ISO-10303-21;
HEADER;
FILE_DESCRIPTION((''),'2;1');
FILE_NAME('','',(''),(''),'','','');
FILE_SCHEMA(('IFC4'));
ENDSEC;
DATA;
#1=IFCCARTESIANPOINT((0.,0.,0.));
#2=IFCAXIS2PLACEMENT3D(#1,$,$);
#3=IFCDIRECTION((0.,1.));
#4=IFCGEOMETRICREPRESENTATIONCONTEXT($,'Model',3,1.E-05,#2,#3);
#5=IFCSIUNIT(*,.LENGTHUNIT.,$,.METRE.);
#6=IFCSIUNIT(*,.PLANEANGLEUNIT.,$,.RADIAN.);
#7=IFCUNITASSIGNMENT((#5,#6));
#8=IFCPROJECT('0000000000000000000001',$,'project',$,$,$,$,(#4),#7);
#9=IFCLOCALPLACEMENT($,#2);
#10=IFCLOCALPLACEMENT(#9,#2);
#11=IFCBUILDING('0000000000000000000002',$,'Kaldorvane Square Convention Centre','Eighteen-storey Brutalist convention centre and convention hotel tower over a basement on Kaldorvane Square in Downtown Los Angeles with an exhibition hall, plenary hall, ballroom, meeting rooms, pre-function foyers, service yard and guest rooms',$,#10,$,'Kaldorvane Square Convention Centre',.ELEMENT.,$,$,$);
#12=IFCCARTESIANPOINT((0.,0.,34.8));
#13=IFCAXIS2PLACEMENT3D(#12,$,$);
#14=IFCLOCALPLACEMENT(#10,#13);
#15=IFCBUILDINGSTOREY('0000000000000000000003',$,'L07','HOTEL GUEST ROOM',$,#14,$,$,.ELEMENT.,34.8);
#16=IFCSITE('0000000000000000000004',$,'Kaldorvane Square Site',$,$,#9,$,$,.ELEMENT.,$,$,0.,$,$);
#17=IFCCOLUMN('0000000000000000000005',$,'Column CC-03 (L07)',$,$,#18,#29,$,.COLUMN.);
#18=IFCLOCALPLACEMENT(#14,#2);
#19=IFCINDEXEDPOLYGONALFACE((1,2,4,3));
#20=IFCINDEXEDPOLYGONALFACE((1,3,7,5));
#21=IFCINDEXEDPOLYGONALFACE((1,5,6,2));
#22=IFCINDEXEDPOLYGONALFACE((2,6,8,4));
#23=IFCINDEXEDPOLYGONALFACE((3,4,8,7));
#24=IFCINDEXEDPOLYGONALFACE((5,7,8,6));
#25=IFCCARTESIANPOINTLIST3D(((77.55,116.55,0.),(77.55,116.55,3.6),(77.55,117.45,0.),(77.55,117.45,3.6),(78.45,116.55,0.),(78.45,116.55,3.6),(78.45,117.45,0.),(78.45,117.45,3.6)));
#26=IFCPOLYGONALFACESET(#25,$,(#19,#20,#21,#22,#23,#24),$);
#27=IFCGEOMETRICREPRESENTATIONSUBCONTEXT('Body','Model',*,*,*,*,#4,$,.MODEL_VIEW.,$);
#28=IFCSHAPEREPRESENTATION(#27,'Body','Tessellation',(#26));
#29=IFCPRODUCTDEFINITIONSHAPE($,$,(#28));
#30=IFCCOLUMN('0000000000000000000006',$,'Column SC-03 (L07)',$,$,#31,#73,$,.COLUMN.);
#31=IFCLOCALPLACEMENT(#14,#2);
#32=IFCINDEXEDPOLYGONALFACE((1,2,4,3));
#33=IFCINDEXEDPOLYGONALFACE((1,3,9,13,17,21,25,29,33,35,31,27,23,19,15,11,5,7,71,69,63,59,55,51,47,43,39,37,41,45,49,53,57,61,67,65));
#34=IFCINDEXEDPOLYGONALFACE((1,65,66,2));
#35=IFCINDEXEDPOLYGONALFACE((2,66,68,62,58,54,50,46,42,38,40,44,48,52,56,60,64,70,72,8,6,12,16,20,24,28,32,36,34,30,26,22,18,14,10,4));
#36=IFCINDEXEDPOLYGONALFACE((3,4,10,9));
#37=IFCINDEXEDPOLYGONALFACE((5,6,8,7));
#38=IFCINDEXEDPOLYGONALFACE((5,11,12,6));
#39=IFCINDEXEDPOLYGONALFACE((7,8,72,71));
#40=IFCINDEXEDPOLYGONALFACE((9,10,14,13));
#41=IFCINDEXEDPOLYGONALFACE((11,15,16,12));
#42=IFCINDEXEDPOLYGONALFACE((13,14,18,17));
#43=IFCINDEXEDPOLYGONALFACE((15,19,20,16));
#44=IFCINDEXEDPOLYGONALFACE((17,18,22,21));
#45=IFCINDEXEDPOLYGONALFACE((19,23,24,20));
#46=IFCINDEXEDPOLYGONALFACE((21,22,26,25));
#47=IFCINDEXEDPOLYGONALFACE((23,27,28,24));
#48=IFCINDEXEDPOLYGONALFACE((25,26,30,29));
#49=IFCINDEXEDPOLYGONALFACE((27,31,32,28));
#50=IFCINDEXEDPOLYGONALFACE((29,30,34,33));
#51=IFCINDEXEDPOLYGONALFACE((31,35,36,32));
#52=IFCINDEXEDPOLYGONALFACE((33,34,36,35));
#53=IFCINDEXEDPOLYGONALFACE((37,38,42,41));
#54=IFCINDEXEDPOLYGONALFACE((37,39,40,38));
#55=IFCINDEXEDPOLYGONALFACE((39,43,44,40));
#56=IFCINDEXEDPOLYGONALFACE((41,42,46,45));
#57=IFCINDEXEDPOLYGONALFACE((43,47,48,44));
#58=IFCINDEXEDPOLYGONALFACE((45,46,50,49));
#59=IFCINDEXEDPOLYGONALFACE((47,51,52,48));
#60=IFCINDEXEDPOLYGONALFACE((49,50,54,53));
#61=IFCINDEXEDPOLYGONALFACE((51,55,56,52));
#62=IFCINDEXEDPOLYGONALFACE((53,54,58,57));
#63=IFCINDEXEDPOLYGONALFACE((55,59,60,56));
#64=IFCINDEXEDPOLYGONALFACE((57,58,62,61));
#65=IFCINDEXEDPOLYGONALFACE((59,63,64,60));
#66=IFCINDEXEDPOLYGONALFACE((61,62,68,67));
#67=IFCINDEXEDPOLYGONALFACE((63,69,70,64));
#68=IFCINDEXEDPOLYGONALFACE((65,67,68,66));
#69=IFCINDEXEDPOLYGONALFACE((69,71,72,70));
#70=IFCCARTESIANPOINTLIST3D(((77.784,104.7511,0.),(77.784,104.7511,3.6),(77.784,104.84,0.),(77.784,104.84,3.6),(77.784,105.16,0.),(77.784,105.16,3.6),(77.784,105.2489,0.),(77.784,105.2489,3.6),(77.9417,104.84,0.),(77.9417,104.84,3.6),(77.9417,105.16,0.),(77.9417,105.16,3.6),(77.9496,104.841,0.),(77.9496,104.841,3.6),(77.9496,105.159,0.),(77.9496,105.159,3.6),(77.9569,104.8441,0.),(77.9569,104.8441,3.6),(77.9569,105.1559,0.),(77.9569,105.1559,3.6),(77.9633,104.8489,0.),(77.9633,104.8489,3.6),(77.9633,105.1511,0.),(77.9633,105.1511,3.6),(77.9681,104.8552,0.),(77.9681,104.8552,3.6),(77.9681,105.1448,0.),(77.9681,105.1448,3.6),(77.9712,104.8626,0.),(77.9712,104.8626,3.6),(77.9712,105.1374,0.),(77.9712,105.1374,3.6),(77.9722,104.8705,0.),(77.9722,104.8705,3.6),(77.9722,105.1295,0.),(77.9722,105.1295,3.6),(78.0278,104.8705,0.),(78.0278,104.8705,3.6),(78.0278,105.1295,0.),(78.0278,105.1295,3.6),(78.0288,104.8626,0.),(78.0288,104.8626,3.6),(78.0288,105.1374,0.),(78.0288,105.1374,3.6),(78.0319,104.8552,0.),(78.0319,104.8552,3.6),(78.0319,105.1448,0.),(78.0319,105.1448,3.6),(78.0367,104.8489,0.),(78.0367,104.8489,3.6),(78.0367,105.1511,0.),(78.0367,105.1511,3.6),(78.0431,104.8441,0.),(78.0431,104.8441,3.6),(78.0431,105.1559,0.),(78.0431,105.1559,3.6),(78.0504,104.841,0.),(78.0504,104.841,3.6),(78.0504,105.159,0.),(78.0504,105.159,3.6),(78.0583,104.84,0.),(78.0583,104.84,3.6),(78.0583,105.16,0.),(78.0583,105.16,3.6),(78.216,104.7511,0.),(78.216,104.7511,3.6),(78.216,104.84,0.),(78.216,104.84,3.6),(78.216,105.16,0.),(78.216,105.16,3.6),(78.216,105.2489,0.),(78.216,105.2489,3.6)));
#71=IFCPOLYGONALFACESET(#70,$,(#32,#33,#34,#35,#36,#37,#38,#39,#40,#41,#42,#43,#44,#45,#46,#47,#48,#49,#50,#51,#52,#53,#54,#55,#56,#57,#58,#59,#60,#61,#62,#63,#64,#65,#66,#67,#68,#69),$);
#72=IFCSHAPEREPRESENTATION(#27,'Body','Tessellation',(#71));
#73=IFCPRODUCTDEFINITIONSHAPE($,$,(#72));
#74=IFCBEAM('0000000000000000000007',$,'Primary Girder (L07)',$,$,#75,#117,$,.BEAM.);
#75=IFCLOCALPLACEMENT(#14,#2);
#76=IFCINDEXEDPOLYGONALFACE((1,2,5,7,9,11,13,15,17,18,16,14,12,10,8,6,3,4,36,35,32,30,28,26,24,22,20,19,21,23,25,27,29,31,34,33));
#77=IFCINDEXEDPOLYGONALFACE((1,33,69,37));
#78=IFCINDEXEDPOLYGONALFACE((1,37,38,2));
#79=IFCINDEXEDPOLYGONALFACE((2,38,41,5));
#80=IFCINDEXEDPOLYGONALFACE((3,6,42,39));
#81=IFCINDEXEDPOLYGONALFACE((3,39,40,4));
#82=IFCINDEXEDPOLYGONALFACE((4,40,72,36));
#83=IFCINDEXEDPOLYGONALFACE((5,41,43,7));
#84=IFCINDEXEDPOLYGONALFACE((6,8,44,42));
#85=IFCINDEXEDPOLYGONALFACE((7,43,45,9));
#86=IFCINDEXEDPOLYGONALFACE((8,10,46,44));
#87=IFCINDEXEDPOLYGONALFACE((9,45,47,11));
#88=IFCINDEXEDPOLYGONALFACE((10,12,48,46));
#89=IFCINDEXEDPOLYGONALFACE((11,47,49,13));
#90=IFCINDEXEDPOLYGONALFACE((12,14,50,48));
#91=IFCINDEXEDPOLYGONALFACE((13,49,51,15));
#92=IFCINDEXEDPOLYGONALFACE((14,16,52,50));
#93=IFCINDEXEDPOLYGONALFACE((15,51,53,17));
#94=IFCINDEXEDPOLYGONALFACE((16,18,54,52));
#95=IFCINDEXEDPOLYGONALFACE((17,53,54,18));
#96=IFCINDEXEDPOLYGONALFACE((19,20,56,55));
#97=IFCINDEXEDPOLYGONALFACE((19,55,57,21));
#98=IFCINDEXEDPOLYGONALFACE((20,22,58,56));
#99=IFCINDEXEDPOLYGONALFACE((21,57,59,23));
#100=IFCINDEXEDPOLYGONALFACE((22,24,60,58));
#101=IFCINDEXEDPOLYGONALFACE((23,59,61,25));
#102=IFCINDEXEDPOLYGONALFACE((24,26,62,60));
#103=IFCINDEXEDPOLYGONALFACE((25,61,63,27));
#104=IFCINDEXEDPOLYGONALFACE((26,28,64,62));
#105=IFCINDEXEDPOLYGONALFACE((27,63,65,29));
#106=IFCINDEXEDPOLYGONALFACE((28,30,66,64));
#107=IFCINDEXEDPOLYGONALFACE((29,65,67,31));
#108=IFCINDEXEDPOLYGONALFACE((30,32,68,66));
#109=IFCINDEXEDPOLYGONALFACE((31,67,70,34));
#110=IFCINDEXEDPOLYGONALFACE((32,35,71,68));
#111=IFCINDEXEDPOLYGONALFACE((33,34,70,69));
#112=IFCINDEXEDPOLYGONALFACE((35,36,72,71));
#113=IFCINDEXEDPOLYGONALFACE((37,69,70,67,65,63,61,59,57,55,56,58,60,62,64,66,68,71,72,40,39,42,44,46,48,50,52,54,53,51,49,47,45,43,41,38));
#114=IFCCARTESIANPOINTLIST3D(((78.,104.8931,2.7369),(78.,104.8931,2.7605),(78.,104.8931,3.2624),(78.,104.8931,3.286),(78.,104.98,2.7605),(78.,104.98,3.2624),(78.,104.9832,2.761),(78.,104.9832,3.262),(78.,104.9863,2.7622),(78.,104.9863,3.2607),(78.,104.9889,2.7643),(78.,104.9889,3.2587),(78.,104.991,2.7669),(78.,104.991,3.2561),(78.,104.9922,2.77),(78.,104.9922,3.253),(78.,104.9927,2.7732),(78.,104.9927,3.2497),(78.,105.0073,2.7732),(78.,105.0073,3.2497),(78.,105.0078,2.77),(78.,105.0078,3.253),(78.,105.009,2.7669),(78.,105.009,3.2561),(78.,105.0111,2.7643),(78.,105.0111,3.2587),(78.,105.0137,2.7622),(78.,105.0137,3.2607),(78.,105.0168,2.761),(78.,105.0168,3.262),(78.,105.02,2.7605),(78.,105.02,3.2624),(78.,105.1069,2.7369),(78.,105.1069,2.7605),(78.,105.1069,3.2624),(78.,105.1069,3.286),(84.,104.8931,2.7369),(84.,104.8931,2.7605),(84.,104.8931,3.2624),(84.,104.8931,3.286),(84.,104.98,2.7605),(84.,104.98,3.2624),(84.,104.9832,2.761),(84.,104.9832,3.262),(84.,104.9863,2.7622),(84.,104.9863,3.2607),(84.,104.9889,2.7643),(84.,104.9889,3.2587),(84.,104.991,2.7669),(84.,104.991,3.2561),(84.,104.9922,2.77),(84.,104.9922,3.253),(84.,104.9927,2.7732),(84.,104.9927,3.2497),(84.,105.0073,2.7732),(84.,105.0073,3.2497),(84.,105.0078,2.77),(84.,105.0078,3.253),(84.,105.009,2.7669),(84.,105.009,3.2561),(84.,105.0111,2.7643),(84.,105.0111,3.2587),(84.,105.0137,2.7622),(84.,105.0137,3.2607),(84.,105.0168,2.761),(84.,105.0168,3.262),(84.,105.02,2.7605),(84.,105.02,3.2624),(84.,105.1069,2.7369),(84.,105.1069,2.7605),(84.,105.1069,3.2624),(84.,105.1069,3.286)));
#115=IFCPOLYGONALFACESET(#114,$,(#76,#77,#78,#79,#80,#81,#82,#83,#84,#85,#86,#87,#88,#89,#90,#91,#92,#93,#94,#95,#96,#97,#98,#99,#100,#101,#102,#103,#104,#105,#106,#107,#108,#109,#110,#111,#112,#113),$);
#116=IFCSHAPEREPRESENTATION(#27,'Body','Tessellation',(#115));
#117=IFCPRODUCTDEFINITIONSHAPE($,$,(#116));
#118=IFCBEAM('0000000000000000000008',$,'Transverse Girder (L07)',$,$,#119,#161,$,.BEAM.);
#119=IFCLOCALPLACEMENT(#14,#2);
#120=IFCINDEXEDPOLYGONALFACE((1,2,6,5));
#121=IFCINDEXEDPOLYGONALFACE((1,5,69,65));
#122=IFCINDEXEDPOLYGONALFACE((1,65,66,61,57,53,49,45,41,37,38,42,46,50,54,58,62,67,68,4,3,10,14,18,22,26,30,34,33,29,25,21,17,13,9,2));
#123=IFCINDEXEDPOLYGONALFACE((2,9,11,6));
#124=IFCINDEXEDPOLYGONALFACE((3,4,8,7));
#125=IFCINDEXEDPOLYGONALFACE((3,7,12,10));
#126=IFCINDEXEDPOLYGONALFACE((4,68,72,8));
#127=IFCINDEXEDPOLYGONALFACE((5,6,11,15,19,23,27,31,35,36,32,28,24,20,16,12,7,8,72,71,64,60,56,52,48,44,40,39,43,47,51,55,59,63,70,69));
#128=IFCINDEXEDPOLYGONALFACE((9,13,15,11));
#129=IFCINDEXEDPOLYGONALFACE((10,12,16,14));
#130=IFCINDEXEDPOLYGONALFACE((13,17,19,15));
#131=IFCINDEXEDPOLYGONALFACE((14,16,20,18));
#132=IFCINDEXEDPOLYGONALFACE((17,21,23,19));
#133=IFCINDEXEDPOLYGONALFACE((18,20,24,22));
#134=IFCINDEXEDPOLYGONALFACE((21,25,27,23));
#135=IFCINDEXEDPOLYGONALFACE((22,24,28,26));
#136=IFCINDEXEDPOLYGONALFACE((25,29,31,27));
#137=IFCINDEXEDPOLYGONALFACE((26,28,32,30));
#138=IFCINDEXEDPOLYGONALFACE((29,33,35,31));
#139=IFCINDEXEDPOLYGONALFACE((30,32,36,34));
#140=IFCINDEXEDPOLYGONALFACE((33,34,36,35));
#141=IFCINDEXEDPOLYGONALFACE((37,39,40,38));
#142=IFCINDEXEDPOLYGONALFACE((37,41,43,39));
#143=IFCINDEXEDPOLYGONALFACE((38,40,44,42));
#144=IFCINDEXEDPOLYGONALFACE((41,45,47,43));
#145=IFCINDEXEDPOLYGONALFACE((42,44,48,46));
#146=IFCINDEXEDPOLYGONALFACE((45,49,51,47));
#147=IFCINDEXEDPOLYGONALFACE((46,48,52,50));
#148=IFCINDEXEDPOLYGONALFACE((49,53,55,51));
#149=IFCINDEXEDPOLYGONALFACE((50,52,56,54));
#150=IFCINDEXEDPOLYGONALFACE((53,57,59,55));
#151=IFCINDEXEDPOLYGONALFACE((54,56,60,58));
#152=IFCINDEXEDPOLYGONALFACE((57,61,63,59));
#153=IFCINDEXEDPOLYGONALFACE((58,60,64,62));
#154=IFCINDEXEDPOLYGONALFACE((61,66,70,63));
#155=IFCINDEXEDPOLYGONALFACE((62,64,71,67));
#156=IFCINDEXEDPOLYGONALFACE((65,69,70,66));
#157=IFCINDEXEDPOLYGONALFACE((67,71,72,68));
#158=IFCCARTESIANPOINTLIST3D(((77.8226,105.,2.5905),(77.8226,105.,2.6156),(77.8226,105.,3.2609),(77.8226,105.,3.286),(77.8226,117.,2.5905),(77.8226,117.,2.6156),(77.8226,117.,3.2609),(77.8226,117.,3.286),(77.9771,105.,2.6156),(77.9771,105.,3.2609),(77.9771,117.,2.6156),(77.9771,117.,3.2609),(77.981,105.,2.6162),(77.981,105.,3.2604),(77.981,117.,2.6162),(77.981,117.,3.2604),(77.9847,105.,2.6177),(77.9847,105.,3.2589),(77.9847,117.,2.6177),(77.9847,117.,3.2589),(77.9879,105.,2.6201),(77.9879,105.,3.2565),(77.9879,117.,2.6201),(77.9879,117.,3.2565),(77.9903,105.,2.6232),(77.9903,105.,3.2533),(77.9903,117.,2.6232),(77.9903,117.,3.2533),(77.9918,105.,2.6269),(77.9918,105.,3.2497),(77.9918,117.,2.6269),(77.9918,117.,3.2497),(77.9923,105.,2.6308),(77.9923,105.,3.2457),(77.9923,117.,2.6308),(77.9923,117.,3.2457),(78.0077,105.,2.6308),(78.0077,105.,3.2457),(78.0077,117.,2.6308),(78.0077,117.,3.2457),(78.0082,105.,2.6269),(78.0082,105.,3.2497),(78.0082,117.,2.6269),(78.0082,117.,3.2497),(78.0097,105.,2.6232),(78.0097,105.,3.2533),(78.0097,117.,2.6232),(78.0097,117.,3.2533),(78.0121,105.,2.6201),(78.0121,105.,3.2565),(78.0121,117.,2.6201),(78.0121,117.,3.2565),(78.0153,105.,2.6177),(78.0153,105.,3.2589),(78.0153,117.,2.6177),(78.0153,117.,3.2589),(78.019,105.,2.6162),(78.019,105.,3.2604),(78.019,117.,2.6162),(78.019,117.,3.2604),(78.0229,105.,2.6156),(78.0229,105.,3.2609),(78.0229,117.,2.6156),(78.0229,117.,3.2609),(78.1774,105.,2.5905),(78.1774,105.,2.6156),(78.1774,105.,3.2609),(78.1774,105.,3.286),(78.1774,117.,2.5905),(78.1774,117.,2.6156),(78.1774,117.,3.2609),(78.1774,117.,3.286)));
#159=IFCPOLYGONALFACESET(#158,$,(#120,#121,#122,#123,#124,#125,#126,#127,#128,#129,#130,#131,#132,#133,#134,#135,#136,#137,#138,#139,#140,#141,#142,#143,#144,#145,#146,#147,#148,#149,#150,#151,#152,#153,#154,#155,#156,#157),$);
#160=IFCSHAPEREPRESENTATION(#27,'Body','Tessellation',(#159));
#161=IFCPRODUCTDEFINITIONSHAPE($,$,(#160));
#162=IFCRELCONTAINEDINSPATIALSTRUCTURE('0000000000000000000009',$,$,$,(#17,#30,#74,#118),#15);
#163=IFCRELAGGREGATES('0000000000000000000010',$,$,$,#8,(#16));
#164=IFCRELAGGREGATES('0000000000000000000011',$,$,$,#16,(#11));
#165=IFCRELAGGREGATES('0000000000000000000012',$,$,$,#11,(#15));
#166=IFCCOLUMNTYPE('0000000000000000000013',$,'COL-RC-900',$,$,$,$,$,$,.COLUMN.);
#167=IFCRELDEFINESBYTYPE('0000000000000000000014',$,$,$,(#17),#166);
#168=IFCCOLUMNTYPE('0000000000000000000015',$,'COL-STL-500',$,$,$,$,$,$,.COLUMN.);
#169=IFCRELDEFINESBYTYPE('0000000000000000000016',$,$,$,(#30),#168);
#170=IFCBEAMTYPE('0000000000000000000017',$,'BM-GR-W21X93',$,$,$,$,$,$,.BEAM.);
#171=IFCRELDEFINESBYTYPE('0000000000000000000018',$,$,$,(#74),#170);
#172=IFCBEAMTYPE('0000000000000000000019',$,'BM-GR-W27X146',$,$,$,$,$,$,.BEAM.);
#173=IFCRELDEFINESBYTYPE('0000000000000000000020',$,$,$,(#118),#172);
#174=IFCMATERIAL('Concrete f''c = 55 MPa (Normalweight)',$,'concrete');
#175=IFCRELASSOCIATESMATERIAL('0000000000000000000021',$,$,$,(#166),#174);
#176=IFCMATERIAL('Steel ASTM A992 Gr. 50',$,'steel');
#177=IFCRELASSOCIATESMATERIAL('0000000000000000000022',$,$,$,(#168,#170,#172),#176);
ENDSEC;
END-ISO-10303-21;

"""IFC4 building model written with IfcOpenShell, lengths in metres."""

from ifc_helpers import new_model, si_unit, direction, frame, origin, origin_2d, place, context, subcontext, project, spatial, rectangle, i_section, extrude, material, material_profile, profile_set, type_object, element, save


model = new_model("IFC4")

# Units and contexts
model_context = context("Model", 3, precision=1e-05, world=origin(), true_north=direction((0.0, 1.0)))
body_context = subcontext(model_context, "Body", "Model", "MODEL_VIEW")
ifc_project = project(units=[si_unit("LENGTHUNIT", "METRE"), si_unit("PLANEANGLEUNIT", "RADIAN")], contexts=[model_context])

# Site, building, storey
site_placement = place(None, origin())
site = spatial("IfcSite", under=ifc_project, at=site_placement, Name="Kaldorvane Square Site", CompositionType="ELEMENT", RefElevation=0.0)
building_placement = place(site_placement, origin())
building = spatial("IfcBuilding", under=site, at=building_placement, Name="Kaldorvane Square Convention Centre", Description="Eighteen-storey Brutalist convention centre and convention hotel tower over a basement on Kaldorvane Square in Downtown Los Angeles with an exhibition hall, plenary hall, ballroom, meeting rooms, pre-function foyers, service yard and guest rooms", LongName="Kaldorvane Square Convention Centre", CompositionType="ELEMENT")
storey_placement = place(building_placement, frame((0.0, 0.0, 34.8)))
storey = spatial("IfcBuildingStorey", under=building, at=storey_placement, Name="L07", Description="HOTEL GUEST ROOM", CompositionType="ELEMENT", Elevation=34.8)

# Columns
ifc_material_1 = material(Name="Concrete f'c = 55 MPa (Normalweight)", Category="concrete")
ifc_material_profile_1 = material_profile(ifc_material_1, rectangle(XDim=0.9, YDim=0.9, at=origin_2d()), Name="RC900X900")
ifc_profile_set_1 = profile_set([ifc_material_profile_1], Name="Concrete f'c = 55 MPa (Normalweight)")
column_type_1 = type_object("IfcColumnType", Name="COL-RC-900", PredefinedType="COLUMN", material=ifc_profile_set_1)
column_1_placement = place(storey_placement, frame((78.0, 117.0, 0.0), z_axis=(0.0, 0.0, 1.0), x_axis=(1.0, 0.0, 0.0)))
element("IfcColumn", 1, at=column_1_placement, inside=storey, type_object=column_type_1, Name="Column CC-03 (L07)", PredefinedType="COLUMN", context=body_context, shape_type="SweptSolid", body=[
    extrude(rectangle(XDim=0.9, YDim=0.9, at=origin_2d()), origin(), (0.0, 0.0, 1.0), 3.6),
])
ifc_material_2 = material(Name="Steel ASTM A992 Gr. 50", Category="steel")
ifc_material_profile_2 = material_profile(ifc_material_2, i_section(OverallWidth=0.4321, OverallDepth=0.4978, WebThickness=0.0556, FlangeThickness=0.0889, FilletRadius=0.0305, at=origin_2d()), Name="W14X500")
ifc_profile_set_2 = profile_set([ifc_material_profile_2], Name="Steel ASTM A992 Gr. 50")
column_type_2 = type_object("IfcColumnType", Name="COL-STL-500", PredefinedType="COLUMN", material=ifc_profile_set_2)
column_2_placement = place(storey_placement, frame((78.0, 105.0, 0.0), z_axis=(0.0, 0.0, 1.0), x_axis=(1.0, 0.0, 0.0)))
element("IfcColumn", 2, at=column_2_placement, inside=storey, type_object=column_type_2, Name="Column SC-03 (L07)", PredefinedType="COLUMN", context=body_context, shape_type="SweptSolid", body=[
    extrude(i_section(OverallWidth=0.4321, OverallDepth=0.4978, WebThickness=0.0556, FlangeThickness=0.0889, FilletRadius=0.0305, at=origin_2d()), origin(), (0.0, 0.0, 1.0), 3.6),
])

# Beams
ifc_material_profile_3 = material_profile(ifc_material_2, i_section(OverallWidth=0.2139, OverallDepth=0.5491, WebThickness=0.0147, FlangeThickness=0.0236, FilletRadius=0.0127, at=origin_2d()), Name="W21X93")
ifc_profile_set_3 = profile_set([ifc_material_profile_3], Name="Steel ASTM A992 Gr. 50")
beam_type_1 = type_object("IfcBeamType", Name="BM-GR-W21X93", PredefinedType="BEAM", material=ifc_profile_set_3)
beam_1_placement = place(storey_placement, frame((78.0, 105.0, 3.0115), z_axis=(1.0, 0.0, 0.0), x_axis=(0.0, 1.0, 0.0)))
element("IfcBeam", 3, at=beam_1_placement, inside=storey, type_object=beam_type_1, Name="Primary Girder (L07)", PredefinedType="BEAM", context=body_context, shape_type="SweptSolid", body=[
    extrude(i_section(OverallWidth=0.2139, OverallDepth=0.5491, WebThickness=0.0147, FlangeThickness=0.0236, FilletRadius=0.0127, at=origin_2d()), origin(), (0.0, 0.0, 1.0), 6.0),
])
ifc_material_profile_4 = material_profile(ifc_material_2, i_section(OverallWidth=0.3547, OverallDepth=0.6955, WebThickness=0.0154, FlangeThickness=0.0251, FilletRadius=0.0152, at=origin_2d()), Name="W27X146")
ifc_profile_set_4 = profile_set([ifc_material_profile_4], Name="Steel ASTM A992 Gr. 50")
beam_type_2 = type_object("IfcBeamType", Name="BM-GR-W27X146", PredefinedType="BEAM", material=ifc_profile_set_4)
beam_2_placement = place(storey_placement, frame((78.0, 105.0, 2.9383), z_axis=(0.0, 1.0, 0.0), x_axis=(-1.0, 0.0, 0.0)))
element("IfcBeam", 4, at=beam_2_placement, inside=storey, type_object=beam_type_2, Name="Transverse Girder (L07)", PredefinedType="BEAM", context=body_context, shape_type="SweptSolid", body=[
    extrude(i_section(OverallWidth=0.3547, OverallDepth=0.6955, WebThickness=0.0154, FlangeThickness=0.0251, FilletRadius=0.0152, at=origin_2d()), origin(), (0.0, 0.0, 1.0), 12.0),
])

save(model, "model.ifc")
